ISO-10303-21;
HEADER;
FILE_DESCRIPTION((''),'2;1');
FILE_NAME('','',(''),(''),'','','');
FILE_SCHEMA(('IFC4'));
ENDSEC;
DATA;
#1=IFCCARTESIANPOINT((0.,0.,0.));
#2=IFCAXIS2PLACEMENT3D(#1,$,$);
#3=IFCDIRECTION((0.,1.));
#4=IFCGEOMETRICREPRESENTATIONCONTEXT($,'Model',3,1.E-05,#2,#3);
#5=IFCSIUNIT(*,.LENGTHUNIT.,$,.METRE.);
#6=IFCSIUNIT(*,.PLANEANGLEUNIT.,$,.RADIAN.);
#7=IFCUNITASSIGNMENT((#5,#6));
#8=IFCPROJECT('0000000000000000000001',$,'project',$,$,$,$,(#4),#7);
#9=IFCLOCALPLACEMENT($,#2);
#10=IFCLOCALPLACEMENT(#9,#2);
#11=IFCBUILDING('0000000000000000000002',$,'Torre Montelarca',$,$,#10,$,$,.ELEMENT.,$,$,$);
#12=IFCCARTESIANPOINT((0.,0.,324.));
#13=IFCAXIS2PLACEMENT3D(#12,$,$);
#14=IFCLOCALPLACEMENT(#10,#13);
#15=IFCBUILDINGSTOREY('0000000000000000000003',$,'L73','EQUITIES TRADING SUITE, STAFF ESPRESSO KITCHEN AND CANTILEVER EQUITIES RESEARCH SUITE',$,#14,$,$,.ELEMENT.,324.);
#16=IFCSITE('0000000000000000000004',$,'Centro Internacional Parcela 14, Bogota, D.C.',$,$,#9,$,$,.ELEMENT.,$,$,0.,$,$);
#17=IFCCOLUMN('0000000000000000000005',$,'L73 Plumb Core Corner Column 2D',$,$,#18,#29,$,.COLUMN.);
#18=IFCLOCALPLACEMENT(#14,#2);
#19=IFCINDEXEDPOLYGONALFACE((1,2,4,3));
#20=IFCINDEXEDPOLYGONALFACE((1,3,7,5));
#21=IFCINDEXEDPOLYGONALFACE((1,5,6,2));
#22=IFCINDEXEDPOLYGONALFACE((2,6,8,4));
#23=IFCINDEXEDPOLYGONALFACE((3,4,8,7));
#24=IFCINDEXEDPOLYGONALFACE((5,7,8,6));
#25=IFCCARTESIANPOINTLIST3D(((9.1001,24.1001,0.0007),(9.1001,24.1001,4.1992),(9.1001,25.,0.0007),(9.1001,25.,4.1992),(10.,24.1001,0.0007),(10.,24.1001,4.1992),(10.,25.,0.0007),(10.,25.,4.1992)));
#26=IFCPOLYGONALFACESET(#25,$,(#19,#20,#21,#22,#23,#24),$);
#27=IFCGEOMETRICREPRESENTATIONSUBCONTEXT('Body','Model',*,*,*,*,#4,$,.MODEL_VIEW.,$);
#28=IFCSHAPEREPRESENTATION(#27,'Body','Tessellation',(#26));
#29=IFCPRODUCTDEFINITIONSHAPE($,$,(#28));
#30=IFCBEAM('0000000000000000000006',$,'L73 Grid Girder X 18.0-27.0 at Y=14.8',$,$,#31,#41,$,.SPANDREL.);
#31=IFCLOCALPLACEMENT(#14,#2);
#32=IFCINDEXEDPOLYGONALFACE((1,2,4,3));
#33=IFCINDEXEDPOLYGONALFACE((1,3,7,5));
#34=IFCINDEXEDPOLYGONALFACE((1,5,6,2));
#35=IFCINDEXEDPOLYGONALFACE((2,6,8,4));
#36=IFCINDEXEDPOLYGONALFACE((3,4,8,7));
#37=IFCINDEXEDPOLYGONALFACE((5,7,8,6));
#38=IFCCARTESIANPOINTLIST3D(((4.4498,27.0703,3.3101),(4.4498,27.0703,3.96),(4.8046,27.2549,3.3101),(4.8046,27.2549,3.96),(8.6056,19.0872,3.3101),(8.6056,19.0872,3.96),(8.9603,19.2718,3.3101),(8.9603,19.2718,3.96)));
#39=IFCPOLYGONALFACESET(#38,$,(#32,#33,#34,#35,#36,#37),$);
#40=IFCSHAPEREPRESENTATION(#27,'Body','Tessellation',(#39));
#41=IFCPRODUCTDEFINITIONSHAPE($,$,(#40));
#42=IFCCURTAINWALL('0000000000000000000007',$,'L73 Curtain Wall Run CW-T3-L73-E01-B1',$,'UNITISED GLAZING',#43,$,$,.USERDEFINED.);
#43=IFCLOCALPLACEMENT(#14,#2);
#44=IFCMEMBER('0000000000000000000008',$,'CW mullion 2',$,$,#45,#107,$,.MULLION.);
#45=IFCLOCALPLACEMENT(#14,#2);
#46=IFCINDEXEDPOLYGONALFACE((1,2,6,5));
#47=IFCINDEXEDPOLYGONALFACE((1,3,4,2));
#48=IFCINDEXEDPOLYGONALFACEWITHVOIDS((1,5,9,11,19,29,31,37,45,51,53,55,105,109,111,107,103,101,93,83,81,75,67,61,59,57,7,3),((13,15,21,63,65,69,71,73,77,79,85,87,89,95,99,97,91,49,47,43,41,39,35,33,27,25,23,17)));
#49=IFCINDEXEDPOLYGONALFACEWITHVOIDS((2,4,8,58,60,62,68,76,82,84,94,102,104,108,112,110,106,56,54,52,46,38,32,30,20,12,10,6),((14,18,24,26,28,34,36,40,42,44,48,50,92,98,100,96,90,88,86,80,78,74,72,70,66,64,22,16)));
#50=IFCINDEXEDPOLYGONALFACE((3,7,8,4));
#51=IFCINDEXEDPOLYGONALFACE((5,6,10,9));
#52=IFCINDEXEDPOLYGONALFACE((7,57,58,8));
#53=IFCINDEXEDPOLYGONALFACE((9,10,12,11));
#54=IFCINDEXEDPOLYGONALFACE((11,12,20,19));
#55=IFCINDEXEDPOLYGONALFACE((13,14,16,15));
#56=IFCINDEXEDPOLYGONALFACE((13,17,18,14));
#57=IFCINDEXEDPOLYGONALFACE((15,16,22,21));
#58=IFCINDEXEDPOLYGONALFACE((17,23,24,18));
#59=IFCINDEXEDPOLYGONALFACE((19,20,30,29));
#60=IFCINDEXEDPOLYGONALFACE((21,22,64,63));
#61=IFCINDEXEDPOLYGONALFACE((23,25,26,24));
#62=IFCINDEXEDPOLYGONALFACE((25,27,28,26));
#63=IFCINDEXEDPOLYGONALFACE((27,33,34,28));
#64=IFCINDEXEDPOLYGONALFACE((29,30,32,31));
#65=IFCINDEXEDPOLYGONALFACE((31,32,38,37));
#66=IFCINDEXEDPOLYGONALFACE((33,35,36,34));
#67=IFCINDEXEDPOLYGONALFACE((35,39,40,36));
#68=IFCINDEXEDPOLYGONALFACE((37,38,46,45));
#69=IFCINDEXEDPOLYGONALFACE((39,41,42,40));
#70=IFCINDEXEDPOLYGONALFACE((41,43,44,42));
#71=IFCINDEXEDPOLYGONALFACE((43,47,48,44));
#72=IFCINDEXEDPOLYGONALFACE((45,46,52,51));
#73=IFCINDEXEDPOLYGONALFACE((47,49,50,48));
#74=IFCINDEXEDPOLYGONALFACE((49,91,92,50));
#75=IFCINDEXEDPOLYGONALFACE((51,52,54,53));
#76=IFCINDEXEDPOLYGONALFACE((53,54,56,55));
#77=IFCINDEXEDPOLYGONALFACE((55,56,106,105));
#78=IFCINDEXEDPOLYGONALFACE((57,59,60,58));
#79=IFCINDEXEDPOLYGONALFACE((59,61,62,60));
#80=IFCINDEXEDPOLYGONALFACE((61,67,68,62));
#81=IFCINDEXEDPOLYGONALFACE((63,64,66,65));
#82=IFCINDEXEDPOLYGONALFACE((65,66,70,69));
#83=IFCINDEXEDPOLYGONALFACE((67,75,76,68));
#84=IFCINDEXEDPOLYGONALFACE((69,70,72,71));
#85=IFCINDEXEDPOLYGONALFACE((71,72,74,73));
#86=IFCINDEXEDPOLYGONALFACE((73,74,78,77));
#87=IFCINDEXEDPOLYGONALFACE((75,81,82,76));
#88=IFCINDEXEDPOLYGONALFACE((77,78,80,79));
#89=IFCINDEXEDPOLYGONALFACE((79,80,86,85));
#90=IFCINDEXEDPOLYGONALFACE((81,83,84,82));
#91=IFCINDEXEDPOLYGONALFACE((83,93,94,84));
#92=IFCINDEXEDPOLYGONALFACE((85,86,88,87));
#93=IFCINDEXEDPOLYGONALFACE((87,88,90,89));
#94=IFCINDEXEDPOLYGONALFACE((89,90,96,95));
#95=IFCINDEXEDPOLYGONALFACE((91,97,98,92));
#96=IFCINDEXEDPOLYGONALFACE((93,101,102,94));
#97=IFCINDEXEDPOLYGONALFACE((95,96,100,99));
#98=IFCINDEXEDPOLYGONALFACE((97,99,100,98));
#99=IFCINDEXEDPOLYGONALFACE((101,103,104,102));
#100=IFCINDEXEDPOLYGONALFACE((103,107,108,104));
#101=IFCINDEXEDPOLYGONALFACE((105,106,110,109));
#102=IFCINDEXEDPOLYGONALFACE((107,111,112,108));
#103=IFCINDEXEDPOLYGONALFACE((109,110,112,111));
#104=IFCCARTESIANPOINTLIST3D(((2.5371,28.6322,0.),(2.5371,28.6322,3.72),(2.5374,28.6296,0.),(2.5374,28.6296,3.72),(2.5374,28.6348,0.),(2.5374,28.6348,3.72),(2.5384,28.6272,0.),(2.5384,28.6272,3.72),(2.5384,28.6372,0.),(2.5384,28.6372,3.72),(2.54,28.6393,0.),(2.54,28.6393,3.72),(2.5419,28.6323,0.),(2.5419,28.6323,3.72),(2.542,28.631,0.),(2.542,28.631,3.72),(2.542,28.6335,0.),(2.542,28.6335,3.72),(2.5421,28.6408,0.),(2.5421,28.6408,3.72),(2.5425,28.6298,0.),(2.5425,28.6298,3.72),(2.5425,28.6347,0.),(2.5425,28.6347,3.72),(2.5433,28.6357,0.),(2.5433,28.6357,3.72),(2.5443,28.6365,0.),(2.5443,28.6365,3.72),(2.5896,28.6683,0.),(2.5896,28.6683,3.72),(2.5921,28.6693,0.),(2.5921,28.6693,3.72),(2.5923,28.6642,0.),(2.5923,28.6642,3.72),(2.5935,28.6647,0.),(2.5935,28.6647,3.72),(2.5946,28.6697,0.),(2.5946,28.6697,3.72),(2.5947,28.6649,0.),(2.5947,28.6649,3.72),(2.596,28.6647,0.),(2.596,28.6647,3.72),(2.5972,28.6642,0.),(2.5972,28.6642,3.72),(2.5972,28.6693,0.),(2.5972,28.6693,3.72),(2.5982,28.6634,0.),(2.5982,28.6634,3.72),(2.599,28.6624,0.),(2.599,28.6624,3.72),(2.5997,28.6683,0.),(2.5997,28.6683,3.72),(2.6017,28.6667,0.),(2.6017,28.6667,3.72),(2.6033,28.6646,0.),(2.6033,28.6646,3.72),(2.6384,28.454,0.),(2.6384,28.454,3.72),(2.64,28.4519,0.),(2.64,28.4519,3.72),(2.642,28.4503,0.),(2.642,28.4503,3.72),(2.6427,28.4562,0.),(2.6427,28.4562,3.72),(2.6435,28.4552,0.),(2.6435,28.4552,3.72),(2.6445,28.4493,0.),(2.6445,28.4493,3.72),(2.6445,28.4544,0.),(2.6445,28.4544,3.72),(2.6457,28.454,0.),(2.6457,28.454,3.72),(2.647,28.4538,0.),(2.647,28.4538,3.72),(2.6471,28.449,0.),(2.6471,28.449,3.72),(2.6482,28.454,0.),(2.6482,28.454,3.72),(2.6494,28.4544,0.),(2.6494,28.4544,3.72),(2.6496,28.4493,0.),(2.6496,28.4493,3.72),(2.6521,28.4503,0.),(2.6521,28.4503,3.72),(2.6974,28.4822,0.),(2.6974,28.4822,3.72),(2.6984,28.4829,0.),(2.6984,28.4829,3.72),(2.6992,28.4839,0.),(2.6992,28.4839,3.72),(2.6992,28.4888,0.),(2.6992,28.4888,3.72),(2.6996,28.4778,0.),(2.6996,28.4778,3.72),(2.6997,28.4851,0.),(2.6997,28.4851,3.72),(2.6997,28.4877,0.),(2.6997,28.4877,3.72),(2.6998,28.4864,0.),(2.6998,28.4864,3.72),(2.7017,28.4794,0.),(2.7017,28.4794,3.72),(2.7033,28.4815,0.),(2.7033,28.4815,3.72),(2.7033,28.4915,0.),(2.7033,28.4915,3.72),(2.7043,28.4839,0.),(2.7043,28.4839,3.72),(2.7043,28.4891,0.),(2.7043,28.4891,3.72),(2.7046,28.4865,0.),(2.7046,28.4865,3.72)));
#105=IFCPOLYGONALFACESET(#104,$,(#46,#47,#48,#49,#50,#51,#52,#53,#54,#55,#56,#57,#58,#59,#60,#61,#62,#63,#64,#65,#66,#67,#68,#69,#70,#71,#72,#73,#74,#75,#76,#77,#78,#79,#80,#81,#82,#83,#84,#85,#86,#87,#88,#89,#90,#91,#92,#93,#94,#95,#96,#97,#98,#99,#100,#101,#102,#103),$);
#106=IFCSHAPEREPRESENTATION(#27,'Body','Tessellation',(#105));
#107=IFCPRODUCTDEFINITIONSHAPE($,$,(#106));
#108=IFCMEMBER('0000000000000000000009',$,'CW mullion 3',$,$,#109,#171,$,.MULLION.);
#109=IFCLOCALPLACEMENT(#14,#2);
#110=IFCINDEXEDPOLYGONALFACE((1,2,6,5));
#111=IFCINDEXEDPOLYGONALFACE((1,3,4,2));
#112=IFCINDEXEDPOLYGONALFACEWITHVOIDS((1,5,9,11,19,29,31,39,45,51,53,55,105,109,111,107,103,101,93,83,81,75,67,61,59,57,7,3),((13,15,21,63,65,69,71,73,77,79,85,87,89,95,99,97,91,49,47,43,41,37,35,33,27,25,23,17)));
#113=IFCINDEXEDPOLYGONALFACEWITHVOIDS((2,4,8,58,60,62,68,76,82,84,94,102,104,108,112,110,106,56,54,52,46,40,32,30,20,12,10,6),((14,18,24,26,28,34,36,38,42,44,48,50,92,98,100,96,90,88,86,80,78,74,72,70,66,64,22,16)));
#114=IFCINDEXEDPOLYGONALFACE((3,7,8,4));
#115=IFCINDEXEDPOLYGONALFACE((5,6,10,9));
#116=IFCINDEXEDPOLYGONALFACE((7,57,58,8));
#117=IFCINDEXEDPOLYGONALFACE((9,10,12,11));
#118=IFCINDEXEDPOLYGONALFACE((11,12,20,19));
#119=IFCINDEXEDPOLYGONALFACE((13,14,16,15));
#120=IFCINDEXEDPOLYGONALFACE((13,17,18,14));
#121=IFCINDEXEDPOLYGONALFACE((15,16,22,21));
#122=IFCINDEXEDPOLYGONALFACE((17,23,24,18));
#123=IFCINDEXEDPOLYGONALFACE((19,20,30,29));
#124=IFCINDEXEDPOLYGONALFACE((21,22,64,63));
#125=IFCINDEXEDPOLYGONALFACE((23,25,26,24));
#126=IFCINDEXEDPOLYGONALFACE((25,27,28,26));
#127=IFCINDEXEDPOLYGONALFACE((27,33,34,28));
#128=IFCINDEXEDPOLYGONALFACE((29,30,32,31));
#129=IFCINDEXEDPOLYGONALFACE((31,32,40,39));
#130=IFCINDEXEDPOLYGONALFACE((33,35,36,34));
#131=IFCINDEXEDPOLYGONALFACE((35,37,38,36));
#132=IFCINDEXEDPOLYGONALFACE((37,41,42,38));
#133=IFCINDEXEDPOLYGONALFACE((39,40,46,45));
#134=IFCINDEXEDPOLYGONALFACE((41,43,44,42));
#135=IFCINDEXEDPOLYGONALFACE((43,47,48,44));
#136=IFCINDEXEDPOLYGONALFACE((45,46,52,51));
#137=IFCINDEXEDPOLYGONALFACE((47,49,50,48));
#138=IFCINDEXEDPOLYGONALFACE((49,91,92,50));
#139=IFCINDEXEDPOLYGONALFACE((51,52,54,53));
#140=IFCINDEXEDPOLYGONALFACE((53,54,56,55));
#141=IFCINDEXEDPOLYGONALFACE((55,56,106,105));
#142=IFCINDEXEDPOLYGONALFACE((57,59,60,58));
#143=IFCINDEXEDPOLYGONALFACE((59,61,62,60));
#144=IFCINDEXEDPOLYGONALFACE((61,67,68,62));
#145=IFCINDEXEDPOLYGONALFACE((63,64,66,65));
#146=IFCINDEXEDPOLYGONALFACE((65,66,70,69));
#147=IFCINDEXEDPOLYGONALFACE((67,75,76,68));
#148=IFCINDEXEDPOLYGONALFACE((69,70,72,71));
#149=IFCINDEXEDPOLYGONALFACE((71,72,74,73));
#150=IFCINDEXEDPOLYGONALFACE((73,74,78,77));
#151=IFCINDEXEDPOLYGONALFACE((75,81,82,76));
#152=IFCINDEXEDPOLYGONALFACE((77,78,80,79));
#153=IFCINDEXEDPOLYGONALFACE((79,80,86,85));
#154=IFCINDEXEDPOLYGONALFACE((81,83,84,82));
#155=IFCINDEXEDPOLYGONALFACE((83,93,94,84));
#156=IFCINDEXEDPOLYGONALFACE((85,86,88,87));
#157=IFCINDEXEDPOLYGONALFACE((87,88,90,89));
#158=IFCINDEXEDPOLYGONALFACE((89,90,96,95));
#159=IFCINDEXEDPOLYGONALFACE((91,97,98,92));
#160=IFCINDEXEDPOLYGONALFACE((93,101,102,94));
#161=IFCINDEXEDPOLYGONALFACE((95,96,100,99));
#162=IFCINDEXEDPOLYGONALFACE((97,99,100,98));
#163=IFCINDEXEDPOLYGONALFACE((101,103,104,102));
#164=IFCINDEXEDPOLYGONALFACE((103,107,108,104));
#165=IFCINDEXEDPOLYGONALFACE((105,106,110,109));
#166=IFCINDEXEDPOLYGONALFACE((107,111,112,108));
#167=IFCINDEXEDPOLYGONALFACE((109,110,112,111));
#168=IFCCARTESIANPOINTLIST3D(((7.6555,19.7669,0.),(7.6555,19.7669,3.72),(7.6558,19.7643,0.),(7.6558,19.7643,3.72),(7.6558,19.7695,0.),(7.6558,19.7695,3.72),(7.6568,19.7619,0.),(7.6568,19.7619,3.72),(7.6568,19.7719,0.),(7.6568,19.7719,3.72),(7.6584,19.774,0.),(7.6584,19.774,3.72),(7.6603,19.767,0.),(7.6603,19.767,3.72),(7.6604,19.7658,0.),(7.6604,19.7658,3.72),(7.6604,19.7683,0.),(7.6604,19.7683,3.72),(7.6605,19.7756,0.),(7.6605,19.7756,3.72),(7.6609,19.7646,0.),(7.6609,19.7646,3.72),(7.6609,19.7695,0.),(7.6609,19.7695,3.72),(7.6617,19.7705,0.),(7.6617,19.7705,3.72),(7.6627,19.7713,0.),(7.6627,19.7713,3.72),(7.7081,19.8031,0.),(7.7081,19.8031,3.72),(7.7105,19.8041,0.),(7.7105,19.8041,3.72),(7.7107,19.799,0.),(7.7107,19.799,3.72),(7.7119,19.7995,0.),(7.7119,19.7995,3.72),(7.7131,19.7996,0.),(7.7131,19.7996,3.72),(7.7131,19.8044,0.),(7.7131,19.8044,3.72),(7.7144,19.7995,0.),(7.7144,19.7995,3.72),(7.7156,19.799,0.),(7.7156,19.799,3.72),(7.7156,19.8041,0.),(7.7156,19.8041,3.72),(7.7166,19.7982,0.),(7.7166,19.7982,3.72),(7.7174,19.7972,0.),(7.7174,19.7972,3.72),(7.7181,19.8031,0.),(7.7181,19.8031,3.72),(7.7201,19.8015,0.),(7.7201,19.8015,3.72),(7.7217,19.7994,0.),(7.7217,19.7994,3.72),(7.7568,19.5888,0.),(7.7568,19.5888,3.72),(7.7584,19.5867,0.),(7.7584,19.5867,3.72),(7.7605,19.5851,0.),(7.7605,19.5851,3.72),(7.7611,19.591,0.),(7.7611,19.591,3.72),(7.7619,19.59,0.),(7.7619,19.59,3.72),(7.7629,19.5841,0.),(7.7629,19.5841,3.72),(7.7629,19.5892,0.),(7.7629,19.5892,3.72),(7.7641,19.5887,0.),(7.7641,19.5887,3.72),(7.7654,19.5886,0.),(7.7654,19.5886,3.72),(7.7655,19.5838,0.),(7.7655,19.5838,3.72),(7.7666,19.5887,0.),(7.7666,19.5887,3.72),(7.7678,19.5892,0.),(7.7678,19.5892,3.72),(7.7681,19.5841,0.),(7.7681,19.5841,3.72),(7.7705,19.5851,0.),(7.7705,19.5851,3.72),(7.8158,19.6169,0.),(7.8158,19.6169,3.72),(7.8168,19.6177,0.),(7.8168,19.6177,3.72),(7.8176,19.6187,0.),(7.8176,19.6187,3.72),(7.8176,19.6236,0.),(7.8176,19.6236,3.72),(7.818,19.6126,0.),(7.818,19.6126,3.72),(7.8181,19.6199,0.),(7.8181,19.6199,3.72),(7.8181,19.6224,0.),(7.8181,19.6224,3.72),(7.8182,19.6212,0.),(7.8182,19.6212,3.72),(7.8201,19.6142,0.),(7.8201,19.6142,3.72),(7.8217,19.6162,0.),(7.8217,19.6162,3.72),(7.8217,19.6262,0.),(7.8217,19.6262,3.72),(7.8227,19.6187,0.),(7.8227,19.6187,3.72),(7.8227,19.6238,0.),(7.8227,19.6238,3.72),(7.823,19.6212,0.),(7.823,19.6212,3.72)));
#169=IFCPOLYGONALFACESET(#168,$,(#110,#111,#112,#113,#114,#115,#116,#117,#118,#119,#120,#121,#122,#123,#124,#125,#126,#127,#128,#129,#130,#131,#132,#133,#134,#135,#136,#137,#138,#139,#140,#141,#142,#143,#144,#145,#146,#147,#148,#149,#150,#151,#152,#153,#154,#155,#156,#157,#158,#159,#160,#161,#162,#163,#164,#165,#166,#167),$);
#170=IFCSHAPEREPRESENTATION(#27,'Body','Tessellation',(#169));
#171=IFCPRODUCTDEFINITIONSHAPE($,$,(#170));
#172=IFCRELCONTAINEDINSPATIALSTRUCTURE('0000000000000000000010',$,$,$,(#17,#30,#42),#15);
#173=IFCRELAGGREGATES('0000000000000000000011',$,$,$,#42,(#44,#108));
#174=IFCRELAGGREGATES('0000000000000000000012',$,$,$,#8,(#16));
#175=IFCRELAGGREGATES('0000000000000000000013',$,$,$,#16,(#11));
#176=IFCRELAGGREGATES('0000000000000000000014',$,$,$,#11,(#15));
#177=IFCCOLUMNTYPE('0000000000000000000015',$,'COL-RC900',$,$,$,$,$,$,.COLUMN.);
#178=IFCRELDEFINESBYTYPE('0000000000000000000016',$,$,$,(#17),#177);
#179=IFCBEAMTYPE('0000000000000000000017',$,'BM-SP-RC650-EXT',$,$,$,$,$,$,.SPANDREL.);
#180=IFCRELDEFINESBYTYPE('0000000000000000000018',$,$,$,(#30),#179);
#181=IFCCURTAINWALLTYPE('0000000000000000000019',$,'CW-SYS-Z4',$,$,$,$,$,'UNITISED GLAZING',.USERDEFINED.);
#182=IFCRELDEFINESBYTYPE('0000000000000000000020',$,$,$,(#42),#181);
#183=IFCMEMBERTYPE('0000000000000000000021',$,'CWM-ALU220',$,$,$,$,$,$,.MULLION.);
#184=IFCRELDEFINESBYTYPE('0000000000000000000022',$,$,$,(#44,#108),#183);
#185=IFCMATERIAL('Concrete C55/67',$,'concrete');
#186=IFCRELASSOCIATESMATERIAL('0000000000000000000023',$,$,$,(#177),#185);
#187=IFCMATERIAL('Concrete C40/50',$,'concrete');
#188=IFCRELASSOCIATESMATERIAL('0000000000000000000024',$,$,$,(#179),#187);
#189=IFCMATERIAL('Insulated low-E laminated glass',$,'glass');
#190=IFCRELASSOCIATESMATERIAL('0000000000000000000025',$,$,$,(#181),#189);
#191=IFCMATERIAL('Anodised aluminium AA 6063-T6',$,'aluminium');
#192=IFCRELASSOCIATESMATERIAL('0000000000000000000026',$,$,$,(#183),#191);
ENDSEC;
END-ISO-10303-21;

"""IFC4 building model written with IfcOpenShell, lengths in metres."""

from ifc_helpers import new_model, si_unit, direction, frame, origin, origin_2d, place, context, subcontext, project, spatial, rectangle, hollow_rectangle, extrude, source, transform, mapped, material, material_profile, profile_set, type_object, element, aggregate, save


model = new_model("IFC4")

# Units and contexts
model_context = context("Model", 3, precision=1e-05, world=origin(), true_north=direction((0.0, 1.0)))
body_context = subcontext(model_context, "Body", "Model", "MODEL_VIEW")
ifc_project = project(units=[si_unit("LENGTHUNIT", "METRE"), si_unit("PLANEANGLEUNIT", "RADIAN")], contexts=[model_context])

# Site, building, storey
site_placement = place(None, origin())
site = spatial("IfcSite", under=ifc_project, at=site_placement, Name="Centro Internacional Parcela 14, Bogota, D.C.", CompositionType="ELEMENT", RefElevation=0.0)
building_placement = place(site_placement, origin())
building = spatial("IfcBuilding", under=site, at=building_placement, Name="Torre Montelarca", CompositionType="ELEMENT")
storey_placement = place(building_placement, frame((0.0, 0.0, 324.0)))
storey = spatial("IfcBuildingStorey", under=building, at=storey_placement, Name="L73", Description="EQUITIES TRADING SUITE, STAFF ESPRESSO KITCHEN AND CANTILEVER EQUITIES RESEARCH SUITE", CompositionType="ELEMENT", Elevation=324.0)

# Column
ifc_material_1 = material(Name="Concrete C40/50", Category="concrete")
ifc_material_2 = material(Name="Concrete C55/67", Category="concrete")
ifc_material_profile_1 = material_profile(ifc_material_2, rectangle(XDim=0.8999, YDim=0.8999, at=origin_2d()), Name="RC900X900", Category="concrete")
ifc_profile_set_1 = profile_set([ifc_material_profile_1], Name="Concrete C55/67")
column_type_1 = type_object("IfcColumnType", Name="COL-RC900", PredefinedType="COLUMN", material=ifc_profile_set_1)
shared_shape_1 = source(origin(), body_context, "Body", "SweptSolid", [
    extrude(rectangle(XDim=0.8999, YDim=0.8999, at=origin_2d()), origin(), (0.0, 0.0, 1.0), 4.1985),
])
column_1_placement = place(storey_placement, frame((9.55, 24.55, 0.0007), z_axis=(0.0, 0.0, 1.0), x_axis=(1.0, 0.0, 0.0)))
element("IfcColumn", 1, at=column_1_placement, inside=storey, type_object=column_type_1, Name="L73 Plumb Core Corner Column 2D", PredefinedType="COLUMN", context=body_context, shape_type="MappedRepresentation", body=[
    mapped(shared_shape_1, transform((0.0, 0.0, 0.0), scale=1.0)),
])

# Beam
ifc_material_profile_2 = material_profile(ifc_material_1, rectangle(XDim=0.3999, YDim=0.6499, at=origin_2d()), Name="RCB400X650", Category="concrete")
ifc_profile_set_2 = profile_set([ifc_material_profile_2], Name="Concrete C40/50")
beam_type = type_object("IfcBeamType", Name="BM-SP-RC650-EXT", PredefinedType="SPANDREL", material=ifc_profile_set_2)
shared_shape_2 = source(origin(), body_context, "Body", "SweptSolid", [
    extrude(rectangle(XDim=0.3999, YDim=0.6499, at=origin_2d()), origin(), (0.0, 0.0, 1.0), 9.0),
])
beam_placement = place(storey_placement, frame((4.6272, 27.1626, 3.635), z_axis=(0.461748, -0.887011, 0.0), x_axis=(0.887011, 0.461748, 0.0)))
element("IfcBeam", 2, at=beam_placement, inside=storey, type_object=beam_type, Name="L73 Grid Girder X 18.0-27.0 at Y=14.8", PredefinedType="SPANDREL", context=body_context, shape_type="MappedRepresentation", body=[
    mapped(shared_shape_2, transform((0.0, 0.0, 0.0), scale=1.0)),
])

# Curtain wall, members
ifc_material_3 = material(Name="Insulated low-E laminated glass", Category="glass")
curtain_wall_type = type_object("IfcCurtainWallType", Name="CW-SYS-Z4", ElementType="UNITISED GLAZING", PredefinedType="USERDEFINED", material=ifc_material_3)
curtain_wall_1_placement = place(storey_placement, origin())
curtain_wall_1 = element("IfcCurtainWall", 3, at=curtain_wall_1_placement, inside=storey, type_object=curtain_wall_type, Name="L73 Curtain Wall Run CW-T3-L73-E01-B1", ObjectType="UNITISED GLAZING", PredefinedType="USERDEFINED")
ifc_material_4 = material(Name="Anodised aluminium AA 6063-T6", Category="aluminium")
ifc_material_profile_3 = material_profile(ifc_material_4, hollow_rectangle(XDim=0.075, YDim=0.22, WallThickness=0.0049, InnerFilletRadius=0.0049, OuterFilletRadius=0.01, at=origin_2d()), Name="ALU75X220X5", Category="aluminium")
ifc_profile_set_3 = profile_set([ifc_material_profile_3], Name="Anodised aluminium AA 6063-T6")
member_type_1 = type_object("IfcMemberType", Name="CWM-ALU220", PredefinedType="MULLION", material=ifc_profile_set_3)
shared_shape_3 = source(origin(), body_context, "Body", "SweptSolid", [
    extrude(hollow_rectangle(XDim=0.075, YDim=0.22, WallThickness=0.0049, InnerFilletRadius=0.0049, OuterFilletRadius=0.01, at=origin_2d()), origin(), (0.0, 0.0, 1.0), 3.72),
])
member_1_placement = place(storey_placement, frame((2.6208, 28.5593, 0.0), z_axis=(0.0, 0.0, 1.0), x_axis=(0.866025, 0.5, 0.0)))
member_1 = element("IfcMember", 4, at=member_1_placement, type_object=member_type_1, Name="CW mullion 2", PredefinedType="MULLION", context=body_context, shape_type="MappedRepresentation", body=[
    mapped(shared_shape_3, transform((0.0, 0.0, 0.0), scale=1.0)),
])
member_2_placement = place(storey_placement, frame((7.7393, 19.6941, 0.0), z_axis=(0.0, 0.0, 1.0), x_axis=(0.866025, 0.5, 0.0)))
member_2 = element("IfcMember", 5, at=member_2_placement, type_object=member_type_1, Name="CW mullion 3", PredefinedType="MULLION", context=body_context, shape_type="MappedRepresentation", body=[
    mapped(shared_shape_3, transform((0.0, 0.0, 0.0), scale=1.0)),
])

aggregate(curtain_wall_1, [member_1, member_2])

save(model, "model.ifc")
